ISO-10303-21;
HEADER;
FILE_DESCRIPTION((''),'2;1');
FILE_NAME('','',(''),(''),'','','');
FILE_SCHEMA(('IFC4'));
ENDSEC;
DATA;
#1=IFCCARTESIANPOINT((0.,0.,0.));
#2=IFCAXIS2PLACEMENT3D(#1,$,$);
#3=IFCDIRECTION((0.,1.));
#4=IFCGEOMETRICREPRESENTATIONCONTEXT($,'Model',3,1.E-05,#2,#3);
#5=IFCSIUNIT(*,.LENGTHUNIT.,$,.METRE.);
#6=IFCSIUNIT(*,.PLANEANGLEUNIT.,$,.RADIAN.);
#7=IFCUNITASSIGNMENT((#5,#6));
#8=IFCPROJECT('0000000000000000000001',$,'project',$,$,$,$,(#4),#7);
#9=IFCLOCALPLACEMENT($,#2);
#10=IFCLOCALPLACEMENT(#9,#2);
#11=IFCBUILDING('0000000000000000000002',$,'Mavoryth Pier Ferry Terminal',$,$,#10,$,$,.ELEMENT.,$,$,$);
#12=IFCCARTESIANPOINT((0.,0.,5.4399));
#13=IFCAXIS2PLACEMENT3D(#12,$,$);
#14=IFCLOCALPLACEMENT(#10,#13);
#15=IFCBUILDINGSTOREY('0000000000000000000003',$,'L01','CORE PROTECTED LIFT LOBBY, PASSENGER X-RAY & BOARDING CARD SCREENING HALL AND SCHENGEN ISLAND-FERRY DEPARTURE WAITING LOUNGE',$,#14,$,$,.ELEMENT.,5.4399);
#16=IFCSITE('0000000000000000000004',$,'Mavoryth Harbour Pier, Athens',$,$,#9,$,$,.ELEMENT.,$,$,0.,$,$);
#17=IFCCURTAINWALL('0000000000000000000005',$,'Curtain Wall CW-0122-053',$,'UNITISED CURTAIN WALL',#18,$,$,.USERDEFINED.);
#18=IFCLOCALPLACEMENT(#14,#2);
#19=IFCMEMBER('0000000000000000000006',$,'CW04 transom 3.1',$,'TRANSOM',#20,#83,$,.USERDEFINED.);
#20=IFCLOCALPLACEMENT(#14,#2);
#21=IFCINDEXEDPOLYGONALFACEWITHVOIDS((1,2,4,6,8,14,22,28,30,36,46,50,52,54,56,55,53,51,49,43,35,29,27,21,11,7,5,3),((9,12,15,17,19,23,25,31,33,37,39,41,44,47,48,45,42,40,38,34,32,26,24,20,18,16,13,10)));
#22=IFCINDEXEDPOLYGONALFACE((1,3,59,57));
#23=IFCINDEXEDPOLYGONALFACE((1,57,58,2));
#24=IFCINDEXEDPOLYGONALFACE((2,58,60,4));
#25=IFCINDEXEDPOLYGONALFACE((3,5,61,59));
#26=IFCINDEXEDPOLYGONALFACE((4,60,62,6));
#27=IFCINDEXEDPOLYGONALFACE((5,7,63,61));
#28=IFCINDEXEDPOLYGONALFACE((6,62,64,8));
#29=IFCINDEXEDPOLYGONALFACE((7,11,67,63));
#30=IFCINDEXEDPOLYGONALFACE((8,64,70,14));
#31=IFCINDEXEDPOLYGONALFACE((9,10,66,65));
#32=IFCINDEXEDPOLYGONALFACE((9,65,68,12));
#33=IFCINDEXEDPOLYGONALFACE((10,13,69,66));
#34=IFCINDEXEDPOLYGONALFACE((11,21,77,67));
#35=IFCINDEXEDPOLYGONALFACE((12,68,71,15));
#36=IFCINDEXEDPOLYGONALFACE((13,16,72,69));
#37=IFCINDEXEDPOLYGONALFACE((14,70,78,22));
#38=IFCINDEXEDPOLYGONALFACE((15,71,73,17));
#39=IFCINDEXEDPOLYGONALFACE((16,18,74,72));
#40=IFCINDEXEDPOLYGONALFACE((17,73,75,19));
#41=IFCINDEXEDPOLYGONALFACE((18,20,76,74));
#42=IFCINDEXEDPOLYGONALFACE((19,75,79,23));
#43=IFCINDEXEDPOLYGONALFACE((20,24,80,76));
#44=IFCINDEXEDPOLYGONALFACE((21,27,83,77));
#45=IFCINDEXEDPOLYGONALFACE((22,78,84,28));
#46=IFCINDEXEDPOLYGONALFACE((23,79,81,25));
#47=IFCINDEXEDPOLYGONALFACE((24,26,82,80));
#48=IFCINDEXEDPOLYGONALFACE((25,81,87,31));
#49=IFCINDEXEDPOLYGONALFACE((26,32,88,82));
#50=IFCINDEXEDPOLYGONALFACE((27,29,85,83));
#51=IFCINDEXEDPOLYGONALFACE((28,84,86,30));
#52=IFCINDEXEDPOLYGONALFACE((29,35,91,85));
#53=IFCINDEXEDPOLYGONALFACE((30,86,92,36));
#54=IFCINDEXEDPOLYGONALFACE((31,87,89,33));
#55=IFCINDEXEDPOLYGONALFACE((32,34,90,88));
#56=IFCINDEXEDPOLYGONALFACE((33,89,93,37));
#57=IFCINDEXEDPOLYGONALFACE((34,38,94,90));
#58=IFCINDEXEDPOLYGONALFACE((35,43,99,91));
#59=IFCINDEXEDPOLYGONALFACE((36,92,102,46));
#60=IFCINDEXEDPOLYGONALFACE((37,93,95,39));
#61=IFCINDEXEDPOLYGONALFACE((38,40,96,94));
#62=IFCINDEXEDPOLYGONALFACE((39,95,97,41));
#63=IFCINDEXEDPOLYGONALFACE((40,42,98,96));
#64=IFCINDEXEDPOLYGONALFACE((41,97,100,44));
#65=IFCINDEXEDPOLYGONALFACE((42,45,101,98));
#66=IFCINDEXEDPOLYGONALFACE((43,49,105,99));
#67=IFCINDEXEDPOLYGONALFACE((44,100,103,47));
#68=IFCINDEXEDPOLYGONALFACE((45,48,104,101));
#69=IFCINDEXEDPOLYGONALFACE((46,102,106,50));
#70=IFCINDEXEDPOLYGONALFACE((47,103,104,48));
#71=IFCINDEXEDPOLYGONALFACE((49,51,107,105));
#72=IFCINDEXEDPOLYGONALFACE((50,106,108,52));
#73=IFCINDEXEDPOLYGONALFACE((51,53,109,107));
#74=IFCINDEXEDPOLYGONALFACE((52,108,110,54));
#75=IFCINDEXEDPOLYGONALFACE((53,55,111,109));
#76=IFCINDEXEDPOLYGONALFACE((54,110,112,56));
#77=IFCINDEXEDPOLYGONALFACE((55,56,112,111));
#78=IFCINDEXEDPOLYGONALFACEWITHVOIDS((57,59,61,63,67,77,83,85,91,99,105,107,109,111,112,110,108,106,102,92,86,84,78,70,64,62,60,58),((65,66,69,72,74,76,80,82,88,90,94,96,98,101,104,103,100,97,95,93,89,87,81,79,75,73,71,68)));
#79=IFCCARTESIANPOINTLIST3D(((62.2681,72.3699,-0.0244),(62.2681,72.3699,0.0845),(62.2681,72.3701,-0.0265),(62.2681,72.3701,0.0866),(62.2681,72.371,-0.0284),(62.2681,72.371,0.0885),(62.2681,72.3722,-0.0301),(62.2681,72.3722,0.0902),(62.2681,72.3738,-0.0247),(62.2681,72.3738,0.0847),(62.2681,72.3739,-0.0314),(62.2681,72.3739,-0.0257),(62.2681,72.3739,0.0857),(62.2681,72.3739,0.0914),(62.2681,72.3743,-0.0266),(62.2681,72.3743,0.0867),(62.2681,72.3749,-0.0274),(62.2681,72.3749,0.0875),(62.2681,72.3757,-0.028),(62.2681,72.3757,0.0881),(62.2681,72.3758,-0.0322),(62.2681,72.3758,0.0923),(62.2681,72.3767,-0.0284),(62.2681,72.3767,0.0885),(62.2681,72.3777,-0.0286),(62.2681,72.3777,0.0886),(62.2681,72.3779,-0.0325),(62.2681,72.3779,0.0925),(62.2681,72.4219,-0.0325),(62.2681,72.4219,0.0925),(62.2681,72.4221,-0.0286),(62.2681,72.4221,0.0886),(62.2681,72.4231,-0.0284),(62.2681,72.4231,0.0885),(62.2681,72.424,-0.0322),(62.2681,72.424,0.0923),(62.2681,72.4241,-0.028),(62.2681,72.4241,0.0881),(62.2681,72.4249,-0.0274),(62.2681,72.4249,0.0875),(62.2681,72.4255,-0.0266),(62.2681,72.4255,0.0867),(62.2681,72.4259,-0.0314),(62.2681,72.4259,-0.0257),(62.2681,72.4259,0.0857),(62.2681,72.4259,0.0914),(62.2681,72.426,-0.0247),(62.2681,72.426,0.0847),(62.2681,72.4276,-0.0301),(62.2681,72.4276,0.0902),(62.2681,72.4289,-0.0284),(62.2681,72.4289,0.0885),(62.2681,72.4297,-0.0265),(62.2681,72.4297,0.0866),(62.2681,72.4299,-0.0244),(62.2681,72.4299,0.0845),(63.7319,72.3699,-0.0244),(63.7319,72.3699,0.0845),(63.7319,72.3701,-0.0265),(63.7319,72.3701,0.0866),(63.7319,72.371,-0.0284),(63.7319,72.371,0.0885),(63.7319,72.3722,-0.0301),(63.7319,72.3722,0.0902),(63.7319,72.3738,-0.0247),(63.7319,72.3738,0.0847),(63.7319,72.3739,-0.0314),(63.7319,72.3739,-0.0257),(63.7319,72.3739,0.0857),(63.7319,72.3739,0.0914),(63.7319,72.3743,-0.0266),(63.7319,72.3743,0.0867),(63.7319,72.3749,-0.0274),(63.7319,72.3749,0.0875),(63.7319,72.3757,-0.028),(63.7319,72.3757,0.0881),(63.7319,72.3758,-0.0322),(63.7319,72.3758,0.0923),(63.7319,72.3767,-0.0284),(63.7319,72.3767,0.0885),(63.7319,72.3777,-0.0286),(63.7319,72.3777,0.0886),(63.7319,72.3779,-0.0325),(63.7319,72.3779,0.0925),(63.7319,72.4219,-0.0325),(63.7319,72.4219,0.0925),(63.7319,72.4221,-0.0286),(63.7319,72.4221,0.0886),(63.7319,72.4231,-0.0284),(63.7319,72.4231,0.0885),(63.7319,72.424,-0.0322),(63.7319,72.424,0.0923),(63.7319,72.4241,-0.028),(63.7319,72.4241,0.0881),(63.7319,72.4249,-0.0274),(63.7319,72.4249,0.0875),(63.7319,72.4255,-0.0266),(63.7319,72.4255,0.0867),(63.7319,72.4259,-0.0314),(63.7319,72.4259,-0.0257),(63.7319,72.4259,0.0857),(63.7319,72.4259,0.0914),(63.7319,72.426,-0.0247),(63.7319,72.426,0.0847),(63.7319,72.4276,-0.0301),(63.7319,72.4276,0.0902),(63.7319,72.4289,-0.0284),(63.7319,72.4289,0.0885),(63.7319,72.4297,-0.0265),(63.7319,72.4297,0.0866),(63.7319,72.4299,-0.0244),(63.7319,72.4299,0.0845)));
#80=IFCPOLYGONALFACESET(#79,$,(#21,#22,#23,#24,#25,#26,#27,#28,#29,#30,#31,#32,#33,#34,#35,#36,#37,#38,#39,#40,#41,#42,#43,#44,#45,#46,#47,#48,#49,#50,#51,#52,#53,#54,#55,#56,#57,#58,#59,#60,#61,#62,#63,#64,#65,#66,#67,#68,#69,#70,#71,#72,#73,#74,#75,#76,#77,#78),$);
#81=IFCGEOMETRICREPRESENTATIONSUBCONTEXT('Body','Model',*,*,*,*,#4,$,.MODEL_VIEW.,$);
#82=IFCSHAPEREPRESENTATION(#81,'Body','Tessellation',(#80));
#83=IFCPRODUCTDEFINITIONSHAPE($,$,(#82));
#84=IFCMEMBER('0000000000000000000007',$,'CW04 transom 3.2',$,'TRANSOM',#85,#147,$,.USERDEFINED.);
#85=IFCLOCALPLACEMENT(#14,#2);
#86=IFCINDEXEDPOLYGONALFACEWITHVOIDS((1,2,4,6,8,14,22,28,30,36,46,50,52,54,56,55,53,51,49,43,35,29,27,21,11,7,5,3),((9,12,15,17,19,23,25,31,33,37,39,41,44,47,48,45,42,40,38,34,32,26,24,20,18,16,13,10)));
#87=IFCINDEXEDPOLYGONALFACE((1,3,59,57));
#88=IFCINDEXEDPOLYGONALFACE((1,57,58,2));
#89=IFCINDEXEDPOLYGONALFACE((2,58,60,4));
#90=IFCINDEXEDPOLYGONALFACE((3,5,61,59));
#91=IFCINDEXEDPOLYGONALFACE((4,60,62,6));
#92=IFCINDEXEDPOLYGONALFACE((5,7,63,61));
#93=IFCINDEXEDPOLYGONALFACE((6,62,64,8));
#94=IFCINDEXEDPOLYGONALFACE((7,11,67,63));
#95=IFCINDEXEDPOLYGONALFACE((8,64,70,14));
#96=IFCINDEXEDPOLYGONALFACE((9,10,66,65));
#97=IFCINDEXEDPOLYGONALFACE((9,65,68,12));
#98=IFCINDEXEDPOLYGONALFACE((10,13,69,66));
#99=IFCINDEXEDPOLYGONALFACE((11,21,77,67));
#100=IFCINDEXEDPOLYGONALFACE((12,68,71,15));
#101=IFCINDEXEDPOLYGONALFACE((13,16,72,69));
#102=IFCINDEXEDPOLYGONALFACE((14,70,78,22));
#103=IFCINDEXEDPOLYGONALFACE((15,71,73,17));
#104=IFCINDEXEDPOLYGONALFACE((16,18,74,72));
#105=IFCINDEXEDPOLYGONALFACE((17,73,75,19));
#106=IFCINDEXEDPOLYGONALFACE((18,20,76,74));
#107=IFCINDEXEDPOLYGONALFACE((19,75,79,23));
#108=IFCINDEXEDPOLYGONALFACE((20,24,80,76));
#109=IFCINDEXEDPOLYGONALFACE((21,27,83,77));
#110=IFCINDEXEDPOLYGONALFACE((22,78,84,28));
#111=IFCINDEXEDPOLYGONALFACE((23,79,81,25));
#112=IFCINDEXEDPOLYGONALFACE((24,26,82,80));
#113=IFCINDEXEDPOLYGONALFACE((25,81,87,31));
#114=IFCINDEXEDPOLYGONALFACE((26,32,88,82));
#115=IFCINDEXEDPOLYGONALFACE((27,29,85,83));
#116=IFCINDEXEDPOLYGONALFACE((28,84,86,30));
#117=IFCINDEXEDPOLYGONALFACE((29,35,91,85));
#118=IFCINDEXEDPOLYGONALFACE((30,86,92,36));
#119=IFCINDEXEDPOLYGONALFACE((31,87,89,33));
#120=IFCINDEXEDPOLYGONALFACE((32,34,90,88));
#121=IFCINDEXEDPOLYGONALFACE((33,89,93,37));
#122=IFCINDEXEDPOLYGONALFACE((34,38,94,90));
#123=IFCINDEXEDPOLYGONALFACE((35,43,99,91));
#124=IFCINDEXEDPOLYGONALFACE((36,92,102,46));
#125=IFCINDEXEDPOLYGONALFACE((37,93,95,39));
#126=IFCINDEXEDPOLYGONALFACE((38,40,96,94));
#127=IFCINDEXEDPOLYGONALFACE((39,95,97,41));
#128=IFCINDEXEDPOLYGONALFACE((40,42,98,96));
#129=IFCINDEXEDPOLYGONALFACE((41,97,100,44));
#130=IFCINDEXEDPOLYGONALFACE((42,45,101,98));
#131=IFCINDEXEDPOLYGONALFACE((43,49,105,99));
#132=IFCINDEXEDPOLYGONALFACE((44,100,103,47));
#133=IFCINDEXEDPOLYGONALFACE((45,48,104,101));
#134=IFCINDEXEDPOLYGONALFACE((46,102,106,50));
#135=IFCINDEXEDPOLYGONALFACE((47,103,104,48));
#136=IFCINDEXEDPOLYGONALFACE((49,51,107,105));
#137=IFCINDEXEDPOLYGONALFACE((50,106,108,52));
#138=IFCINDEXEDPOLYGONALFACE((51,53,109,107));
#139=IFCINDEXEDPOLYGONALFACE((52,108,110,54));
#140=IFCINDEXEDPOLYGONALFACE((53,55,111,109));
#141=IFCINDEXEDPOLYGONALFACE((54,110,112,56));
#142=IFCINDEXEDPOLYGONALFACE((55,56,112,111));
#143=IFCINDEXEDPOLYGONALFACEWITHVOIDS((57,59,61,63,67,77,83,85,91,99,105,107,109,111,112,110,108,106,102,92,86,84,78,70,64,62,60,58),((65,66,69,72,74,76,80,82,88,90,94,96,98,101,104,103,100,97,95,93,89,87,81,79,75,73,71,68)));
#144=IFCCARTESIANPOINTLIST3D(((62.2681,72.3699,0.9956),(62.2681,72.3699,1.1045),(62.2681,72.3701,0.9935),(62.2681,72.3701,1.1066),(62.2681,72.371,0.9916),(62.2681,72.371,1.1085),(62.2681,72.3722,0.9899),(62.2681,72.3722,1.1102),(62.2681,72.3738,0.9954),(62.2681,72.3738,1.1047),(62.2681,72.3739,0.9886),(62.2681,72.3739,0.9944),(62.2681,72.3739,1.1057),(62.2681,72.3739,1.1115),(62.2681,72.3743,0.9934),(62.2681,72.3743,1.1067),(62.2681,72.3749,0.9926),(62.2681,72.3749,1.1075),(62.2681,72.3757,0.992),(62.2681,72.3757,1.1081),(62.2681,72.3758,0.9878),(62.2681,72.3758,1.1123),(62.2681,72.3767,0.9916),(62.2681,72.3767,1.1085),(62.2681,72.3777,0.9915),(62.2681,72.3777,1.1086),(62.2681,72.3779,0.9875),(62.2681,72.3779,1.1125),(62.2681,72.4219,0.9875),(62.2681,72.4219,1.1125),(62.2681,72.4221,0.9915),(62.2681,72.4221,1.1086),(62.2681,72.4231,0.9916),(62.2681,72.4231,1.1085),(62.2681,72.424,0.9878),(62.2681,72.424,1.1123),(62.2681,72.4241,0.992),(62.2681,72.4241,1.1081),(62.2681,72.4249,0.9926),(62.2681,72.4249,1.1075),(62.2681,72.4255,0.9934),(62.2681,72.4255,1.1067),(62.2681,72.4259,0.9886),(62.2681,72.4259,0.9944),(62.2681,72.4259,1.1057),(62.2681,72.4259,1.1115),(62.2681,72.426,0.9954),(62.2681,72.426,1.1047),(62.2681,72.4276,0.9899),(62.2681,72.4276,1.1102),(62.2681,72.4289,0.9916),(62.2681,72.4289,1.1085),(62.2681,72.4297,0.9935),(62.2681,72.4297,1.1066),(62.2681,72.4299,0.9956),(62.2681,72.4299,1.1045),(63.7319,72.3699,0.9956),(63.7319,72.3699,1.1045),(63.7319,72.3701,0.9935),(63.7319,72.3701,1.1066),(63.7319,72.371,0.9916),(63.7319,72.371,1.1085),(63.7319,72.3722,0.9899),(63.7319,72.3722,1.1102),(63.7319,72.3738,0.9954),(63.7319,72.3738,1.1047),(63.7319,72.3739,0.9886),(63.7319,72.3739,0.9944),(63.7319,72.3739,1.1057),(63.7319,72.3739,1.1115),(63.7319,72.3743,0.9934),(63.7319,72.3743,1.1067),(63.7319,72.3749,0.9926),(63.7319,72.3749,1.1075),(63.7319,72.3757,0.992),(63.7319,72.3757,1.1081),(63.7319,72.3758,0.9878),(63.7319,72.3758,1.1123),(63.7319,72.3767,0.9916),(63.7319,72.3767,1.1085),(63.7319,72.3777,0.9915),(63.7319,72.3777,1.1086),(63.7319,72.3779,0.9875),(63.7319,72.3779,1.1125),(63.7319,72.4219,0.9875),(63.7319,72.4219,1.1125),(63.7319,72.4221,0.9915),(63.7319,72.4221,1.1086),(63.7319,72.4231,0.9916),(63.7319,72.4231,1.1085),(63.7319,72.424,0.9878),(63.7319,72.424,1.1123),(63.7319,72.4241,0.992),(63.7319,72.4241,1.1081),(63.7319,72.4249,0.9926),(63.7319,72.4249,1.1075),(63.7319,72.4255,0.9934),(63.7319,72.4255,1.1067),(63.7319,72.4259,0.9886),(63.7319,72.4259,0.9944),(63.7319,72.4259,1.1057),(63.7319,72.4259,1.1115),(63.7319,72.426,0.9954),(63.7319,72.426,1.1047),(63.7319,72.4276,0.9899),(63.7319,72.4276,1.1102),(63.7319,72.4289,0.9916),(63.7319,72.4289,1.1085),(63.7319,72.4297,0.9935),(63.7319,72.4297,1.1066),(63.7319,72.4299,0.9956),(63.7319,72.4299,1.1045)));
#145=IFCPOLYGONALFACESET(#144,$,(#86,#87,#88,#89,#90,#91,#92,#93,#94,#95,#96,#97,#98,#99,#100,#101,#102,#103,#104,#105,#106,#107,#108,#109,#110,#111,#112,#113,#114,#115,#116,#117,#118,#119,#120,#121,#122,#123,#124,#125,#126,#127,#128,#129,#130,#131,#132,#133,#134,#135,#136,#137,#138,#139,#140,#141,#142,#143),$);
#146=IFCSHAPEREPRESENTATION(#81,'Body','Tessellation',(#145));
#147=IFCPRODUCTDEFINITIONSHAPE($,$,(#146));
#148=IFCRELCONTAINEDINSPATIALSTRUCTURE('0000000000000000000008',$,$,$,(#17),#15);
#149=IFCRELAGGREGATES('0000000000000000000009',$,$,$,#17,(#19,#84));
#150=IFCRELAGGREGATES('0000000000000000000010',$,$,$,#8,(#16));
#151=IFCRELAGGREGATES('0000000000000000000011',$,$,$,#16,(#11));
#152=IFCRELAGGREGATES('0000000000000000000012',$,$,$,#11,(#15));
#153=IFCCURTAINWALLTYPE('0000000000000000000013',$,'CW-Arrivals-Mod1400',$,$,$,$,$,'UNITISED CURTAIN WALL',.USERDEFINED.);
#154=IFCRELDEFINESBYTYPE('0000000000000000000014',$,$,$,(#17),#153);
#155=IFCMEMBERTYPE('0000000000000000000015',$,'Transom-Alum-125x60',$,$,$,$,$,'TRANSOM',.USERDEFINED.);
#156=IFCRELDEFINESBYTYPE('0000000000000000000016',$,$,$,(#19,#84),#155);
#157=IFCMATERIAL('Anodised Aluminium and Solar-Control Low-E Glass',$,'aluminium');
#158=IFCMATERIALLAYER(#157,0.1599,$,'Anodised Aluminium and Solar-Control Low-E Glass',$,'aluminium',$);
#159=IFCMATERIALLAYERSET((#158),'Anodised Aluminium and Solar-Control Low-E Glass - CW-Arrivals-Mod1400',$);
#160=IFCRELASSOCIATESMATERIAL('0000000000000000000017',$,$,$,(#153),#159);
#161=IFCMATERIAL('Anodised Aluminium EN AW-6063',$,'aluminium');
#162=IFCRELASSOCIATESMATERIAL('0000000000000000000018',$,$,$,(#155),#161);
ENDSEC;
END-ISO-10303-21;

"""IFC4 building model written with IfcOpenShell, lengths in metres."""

from ifc_helpers import new_model, si_unit, direction, frame, origin, origin_2d, place, context, subcontext, project, spatial, hollow_rectangle, extrude, material, layer, layer_set, material_profile, profile_set, type_object, element, aggregate, save


model = new_model("IFC4")

# Units and contexts
model_context = context("Model", 3, precision=1e-05, world=origin(), true_north=direction((0.0, 1.0)))
body_context = subcontext(model_context, "Body", "Model", "MODEL_VIEW")
ifc_project = project(units=[si_unit("LENGTHUNIT", "METRE"), si_unit("PLANEANGLEUNIT", "RADIAN")], contexts=[model_context])

# Site, building, storey
site_placement = place(None, origin())
site = spatial("IfcSite", under=ifc_project, at=site_placement, Name="Mavoryth Harbour Pier, Athens", CompositionType="ELEMENT", RefElevation=0.0)
building_placement = place(site_placement, origin())
building = spatial("IfcBuilding", under=site, at=building_placement, Name="Mavoryth Pier Ferry Terminal", CompositionType="ELEMENT")
storey_placement = place(building_placement, frame((0.0, 0.0, 5.4399)))
storey = spatial("IfcBuildingStorey", under=building, at=storey_placement, Name="L01", Description="CORE PROTECTED LIFT LOBBY, PASSENGER X-RAY & BOARDING CARD SCREENING HALL AND SCHENGEN ISLAND-FERRY DEPARTURE WAITING LOUNGE", CompositionType="ELEMENT", Elevation=5.4399)

# Curtain wall
ifc_material_1 = material(Name="Anodised Aluminium and Solar-Control Low-E Glass", Category="aluminium")
ifc_layer_1 = layer(ifc_material_1, 0.1599, Name="Anodised Aluminium and Solar-Control Low-E Glass", Category="aluminium")
ifc_layer_set_1 = layer_set([ifc_layer_1], Name="Anodised Aluminium and Solar-Control Low-E Glass - CW-Arrivals-Mod1400")
curtain_wall_type_1 = type_object("IfcCurtainWallType", Name="CW-Arrivals-Mod1400", ElementType="UNITISED CURTAIN WALL", PredefinedType="USERDEFINED", material=ifc_layer_set_1)
curtain_wall_1_placement = place(storey_placement, origin())
curtain_wall_1 = element("IfcCurtainWall", 1, at=curtain_wall_1_placement, inside=storey, type_object=curtain_wall_type_1, Name="Curtain Wall CW-0122-053", ObjectType="UNITISED CURTAIN WALL", PredefinedType="USERDEFINED")
ifc_material_2 = material(Name="Anodised Aluminium EN AW-6063", Category="aluminium")

# Members
ifc_material_profile_1 = material_profile(ifc_material_2, hollow_rectangle(XDim=0.0601, YDim=0.125, WallThickness=0.0039, InnerFilletRadius=0.0039, OuterFilletRadius=0.0081, at=origin_2d()), Name="AL-TRAN 125x60x4", Category="aluminium")
ifc_profile_set_1 = profile_set([ifc_material_profile_1], Name="Anodised Aluminium EN AW-6063 - AL-TRAN 125x60x4")
member_type_1 = type_object("IfcMemberType", Name="Transom-Alum-125x60", ElementType="TRANSOM", PredefinedType="USERDEFINED", material=ifc_profile_set_1)
member_1_placement = place(storey_placement, frame((62.2681, 72.3999, 0.03), z_axis=(1.0, 0.0, 0.0), x_axis=(0.0, 1.0, 0.0)))
member_1 = element("IfcMember", 2, at=member_1_placement, type_object=member_type_1, Name="CW04 transom 3.1", ObjectType="TRANSOM", PredefinedType="USERDEFINED", context=body_context, shape_type="SweptSolid", body=[
    extrude(hollow_rectangle(XDim=0.0601, YDim=0.125, WallThickness=0.0039, InnerFilletRadius=0.0039, OuterFilletRadius=0.0081, at=origin_2d()), origin(), (0.0, 0.0, 1.0), 1.4639),
])
member_2_placement = place(storey_placement, frame((62.2681, 72.3999, 1.05), z_axis=(1.0, 0.0, 0.0), x_axis=(0.0, 1.0, 0.0)))
member_2 = element("IfcMember", 3, at=member_2_placement, type_object=member_type_1, Name="CW04 transom 3.2", ObjectType="TRANSOM", PredefinedType="USERDEFINED", context=body_context, shape_type="SweptSolid", body=[
    extrude(hollow_rectangle(XDim=0.0601, YDim=0.125, WallThickness=0.0039, InnerFilletRadius=0.0039, OuterFilletRadius=0.0081, at=origin_2d()), origin(), (0.0, 0.0, 1.0), 1.4639),
])

aggregate(curtain_wall_1, [member_1, member_2])

save(model, "model.ifc")
